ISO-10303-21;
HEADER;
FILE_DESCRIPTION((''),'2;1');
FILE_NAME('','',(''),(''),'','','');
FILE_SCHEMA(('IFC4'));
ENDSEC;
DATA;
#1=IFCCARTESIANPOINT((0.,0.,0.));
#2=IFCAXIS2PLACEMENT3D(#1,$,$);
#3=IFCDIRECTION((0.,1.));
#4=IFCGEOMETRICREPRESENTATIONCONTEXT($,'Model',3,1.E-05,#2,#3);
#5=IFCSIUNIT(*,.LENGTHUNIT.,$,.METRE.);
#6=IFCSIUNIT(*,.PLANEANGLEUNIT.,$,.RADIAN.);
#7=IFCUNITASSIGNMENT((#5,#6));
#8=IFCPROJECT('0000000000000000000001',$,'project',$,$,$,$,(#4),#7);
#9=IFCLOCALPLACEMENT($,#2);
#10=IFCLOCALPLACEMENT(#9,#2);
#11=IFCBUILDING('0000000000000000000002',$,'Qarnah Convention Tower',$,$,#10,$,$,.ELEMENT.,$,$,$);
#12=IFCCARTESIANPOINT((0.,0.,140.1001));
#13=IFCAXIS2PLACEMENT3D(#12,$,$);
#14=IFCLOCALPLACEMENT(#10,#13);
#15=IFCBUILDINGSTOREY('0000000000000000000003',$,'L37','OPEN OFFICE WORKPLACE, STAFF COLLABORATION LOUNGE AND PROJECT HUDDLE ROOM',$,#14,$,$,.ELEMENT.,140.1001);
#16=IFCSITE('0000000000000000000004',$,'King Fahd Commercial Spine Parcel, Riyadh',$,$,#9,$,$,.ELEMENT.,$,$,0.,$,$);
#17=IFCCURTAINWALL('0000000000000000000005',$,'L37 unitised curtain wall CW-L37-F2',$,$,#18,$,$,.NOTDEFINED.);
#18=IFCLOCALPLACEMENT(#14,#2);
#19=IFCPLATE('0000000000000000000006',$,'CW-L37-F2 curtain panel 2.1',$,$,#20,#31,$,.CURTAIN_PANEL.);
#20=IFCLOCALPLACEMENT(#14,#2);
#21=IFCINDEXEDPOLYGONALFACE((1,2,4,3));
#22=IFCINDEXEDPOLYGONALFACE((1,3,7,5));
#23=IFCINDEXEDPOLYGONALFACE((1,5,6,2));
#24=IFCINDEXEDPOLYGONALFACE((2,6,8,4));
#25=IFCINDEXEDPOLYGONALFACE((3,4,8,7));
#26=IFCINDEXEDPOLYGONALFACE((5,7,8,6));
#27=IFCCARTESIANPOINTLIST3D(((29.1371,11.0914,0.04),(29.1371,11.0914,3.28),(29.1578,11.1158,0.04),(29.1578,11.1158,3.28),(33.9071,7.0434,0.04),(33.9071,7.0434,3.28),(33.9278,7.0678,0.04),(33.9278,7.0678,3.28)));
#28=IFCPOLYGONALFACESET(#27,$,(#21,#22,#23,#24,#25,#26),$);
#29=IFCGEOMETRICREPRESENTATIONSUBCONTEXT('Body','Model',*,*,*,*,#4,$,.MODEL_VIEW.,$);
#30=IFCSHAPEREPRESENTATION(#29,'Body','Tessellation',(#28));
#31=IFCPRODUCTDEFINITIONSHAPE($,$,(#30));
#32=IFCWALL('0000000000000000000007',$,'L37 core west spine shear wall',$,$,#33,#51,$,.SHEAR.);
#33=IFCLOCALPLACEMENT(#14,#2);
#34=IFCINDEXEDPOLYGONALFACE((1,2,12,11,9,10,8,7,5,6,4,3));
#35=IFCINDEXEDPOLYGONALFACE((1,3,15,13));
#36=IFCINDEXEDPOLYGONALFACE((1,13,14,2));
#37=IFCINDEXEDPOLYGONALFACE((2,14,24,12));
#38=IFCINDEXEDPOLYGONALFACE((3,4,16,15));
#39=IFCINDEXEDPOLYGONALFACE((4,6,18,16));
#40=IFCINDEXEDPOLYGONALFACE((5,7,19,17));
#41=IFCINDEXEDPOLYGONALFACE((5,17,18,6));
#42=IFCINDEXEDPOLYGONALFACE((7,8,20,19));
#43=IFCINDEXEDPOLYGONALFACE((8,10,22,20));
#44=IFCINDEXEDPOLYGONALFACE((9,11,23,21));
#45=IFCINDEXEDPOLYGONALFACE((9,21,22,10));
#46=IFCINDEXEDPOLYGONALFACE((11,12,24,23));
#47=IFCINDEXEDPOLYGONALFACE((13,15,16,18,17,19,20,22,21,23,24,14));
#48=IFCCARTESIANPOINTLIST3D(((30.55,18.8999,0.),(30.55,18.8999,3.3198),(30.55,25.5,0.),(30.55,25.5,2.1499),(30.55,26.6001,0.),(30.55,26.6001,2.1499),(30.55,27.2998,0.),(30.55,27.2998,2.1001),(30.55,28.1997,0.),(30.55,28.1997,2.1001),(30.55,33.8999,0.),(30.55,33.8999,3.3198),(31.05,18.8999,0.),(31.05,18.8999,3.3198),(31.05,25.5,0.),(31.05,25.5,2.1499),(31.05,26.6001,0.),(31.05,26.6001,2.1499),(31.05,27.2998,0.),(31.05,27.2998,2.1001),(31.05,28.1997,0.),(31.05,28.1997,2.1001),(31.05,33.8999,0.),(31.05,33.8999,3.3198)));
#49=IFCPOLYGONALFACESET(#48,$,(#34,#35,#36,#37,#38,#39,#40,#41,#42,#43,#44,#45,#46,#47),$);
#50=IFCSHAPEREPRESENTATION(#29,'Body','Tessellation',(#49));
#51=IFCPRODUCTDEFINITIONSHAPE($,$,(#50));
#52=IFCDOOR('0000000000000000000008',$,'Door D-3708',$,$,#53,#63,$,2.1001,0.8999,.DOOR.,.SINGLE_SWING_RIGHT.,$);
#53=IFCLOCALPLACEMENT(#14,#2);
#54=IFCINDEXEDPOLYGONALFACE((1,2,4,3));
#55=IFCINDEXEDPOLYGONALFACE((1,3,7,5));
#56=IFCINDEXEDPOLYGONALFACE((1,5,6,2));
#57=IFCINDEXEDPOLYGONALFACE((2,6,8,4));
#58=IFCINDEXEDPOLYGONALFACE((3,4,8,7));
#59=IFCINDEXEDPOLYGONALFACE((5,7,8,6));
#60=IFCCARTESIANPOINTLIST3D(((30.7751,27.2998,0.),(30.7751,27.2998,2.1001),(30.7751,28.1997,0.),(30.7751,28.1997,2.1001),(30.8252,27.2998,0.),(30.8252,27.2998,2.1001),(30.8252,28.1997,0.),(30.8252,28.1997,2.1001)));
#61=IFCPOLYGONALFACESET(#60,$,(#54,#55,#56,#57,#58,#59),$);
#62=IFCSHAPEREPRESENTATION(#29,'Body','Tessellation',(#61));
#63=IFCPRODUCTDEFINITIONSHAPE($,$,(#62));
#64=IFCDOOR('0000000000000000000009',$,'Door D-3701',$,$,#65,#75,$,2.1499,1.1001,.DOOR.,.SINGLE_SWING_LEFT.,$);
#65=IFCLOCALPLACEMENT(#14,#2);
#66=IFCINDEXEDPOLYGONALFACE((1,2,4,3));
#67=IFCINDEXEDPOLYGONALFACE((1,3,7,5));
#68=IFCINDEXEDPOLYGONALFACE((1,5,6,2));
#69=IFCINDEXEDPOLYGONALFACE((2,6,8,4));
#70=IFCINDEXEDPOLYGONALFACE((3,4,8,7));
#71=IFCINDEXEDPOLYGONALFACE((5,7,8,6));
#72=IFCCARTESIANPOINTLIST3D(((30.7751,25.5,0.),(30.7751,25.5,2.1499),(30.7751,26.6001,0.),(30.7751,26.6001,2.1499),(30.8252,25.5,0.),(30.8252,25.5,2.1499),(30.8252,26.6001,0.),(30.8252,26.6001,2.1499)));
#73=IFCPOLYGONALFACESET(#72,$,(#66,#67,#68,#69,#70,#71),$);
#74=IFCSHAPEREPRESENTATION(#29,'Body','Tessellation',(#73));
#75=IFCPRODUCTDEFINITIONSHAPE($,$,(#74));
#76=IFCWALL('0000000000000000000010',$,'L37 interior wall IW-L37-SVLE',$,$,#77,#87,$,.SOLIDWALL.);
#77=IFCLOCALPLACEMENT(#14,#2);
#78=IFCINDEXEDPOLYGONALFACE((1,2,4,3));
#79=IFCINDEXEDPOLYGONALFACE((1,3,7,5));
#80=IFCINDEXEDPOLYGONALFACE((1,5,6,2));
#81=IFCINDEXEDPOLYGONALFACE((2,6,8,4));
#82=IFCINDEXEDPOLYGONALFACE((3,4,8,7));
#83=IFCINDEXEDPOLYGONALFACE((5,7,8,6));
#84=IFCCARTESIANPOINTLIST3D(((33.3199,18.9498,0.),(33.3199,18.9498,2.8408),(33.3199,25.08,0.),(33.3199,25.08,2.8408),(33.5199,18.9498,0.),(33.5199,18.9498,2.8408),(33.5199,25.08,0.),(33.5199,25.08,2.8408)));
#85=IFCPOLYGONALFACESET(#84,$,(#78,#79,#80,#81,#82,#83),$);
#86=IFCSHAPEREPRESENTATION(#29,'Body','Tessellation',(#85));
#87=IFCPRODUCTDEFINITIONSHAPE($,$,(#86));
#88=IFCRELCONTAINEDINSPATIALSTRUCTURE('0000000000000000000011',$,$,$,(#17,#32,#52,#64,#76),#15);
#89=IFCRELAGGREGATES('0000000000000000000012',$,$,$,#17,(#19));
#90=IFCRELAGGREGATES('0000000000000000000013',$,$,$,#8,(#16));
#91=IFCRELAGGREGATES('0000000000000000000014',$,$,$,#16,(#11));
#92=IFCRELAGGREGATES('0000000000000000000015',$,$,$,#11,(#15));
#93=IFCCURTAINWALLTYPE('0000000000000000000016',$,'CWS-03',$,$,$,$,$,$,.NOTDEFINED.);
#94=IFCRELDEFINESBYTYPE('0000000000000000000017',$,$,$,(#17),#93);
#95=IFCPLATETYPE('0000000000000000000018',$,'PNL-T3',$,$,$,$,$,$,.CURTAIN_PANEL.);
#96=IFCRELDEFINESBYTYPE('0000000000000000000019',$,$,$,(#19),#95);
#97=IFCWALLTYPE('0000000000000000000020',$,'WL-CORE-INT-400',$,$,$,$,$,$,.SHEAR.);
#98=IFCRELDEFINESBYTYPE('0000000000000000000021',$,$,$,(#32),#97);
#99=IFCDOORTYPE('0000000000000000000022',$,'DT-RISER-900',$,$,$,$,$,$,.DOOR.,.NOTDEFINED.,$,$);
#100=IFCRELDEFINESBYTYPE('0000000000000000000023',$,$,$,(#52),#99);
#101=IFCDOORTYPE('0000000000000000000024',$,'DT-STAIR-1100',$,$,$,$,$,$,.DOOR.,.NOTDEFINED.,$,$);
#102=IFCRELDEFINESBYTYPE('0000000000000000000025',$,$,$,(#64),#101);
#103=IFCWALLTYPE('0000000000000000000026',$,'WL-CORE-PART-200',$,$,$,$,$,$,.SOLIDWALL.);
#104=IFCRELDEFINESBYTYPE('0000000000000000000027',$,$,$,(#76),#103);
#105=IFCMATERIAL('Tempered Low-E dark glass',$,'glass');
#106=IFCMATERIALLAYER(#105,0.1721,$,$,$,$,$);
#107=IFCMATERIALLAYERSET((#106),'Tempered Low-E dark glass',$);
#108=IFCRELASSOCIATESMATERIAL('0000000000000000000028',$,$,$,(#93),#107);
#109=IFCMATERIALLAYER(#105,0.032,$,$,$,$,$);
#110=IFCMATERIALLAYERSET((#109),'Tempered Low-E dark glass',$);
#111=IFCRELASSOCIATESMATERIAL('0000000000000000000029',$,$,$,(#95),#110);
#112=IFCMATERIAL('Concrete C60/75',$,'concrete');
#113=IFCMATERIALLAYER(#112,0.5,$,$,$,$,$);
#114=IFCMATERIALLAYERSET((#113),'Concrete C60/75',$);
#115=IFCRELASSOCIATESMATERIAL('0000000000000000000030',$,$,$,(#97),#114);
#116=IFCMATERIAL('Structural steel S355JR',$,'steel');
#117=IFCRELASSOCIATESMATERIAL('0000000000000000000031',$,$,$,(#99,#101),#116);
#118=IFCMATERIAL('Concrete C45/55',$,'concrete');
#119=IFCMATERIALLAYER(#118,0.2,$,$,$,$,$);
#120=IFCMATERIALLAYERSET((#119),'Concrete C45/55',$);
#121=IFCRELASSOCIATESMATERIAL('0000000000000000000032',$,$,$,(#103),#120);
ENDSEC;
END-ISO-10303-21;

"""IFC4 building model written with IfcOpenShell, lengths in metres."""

from ifc_helpers import new_model, si_unit, direction, frame, frame_2d, origin, origin_2d, place, context, subcontext, project, spatial, rectangle, extrude, material, layer, layer_set, type_object, element, fill, aggregate, save


model = new_model("IFC4")

# Units and contexts
model_context = context("Model", 3, precision=1e-05, world=origin(), true_north=direction((0.0, 1.0)))
body_context = subcontext(model_context, "Body", "Model", "MODEL_VIEW")
ifc_project = project(units=[si_unit("LENGTHUNIT", "METRE"), si_unit("PLANEANGLEUNIT", "RADIAN")], contexts=[model_context])

# Site, building, storey
site_placement = place(None, origin())
site = spatial("IfcSite", under=ifc_project, at=site_placement, Name="King Fahd Commercial Spine Parcel, Riyadh", CompositionType="ELEMENT", RefElevation=0.0)
building_placement = place(site_placement, origin())
building = spatial("IfcBuilding", under=site, at=building_placement, Name="Qarnah Convention Tower", CompositionType="ELEMENT")
storey_placement = place(building_placement, frame((0.0, 0.0, 140.1001)))
storey = spatial("IfcBuildingStorey", under=building, at=storey_placement, Name="L37", Description="OPEN OFFICE WORKPLACE, STAFF COLLABORATION LOUNGE AND PROJECT HUDDLE ROOM", CompositionType="ELEMENT", Elevation=140.1001)

# Shared definitions
ifc_material_1 = material(Name="Concrete C60/75", Category="concrete")

# Shared definitions
ifc_material_2 = material(Name="Structural steel S355JR", Category="steel")

# Curtain wall, plate
ifc_material_3 = material(Name="Tempered Low-E dark glass", Category="glass")
ifc_layer_1 = layer(ifc_material_3, 0.1721)
ifc_layer_set_1 = layer_set([ifc_layer_1], Name="Tempered Low-E dark glass")
curtain_wall_type = type_object("IfcCurtainWallType", Name="CWS-03", PredefinedType="NOTDEFINED", material=ifc_layer_set_1)
curtain_wall_placement = place(storey_placement, origin())
curtain_wall = element("IfcCurtainWall", 1, at=curtain_wall_placement, inside=storey, type_object=curtain_wall_type, Name="L37 unitised curtain wall CW-L37-F2", PredefinedType="NOTDEFINED")
ifc_layer_2 = layer(ifc_material_3, 0.032)
ifc_layer_set_2 = layer_set([ifc_layer_2], Name="Tempered Low-E dark glass")
plate_type = type_object("IfcPlateType", Name="PNL-T3", PredefinedType="CURTAIN_PANEL", material=ifc_layer_set_2)
plate_1_placement = place(storey_placement, frame((31.5325, 9.0796, 0.04), z_axis=(0.0, 0.0, 1.0), x_axis=(-0.762449, 0.647048, 0.0)))
plate_1 = element("IfcPlate", 2, at=plate_1_placement, type_object=plate_type, Name="CW-L37-F2 curtain panel 2.1", PredefinedType="CURTAIN_PANEL", context=body_context, shape_type="SweptSolid", body=[
    extrude(rectangle(XDim=6.2561, YDim=0.032, at=origin_2d()), origin(), (0.0, 0.0, 1.0), 3.24),
])
aggregate(curtain_wall, [plate_1])

# Wall, openings, doors
ifc_layer_3 = layer(ifc_material_1, 0.5)
ifc_layer_set_3 = layer_set([ifc_layer_3], Name="Concrete C60/75")
wall_type_1 = type_object("IfcWallType", Name="WL-CORE-INT-400", PredefinedType="SHEAR", material=ifc_layer_set_3)
wall_1_placement = place(storey_placement, frame((30.8, 18.8999, 0.0), z_axis=(0.0, 0.0, 1.0), x_axis=(0.0, 1.0, 0.0)))
wall_1 = element("IfcWall", 3, at=wall_1_placement, inside=storey, type_object=wall_type_1, Name="L37 core west spine shear wall", PredefinedType="SHEAR", context=body_context, shape_type="SweptSolid", body=[
    extrude(rectangle(XDim=15.0, YDim=0.5, at=frame_2d((7.5, 0.0))), origin(), (0.0, 0.0, 1.0), 3.3198),
])
opening_1_placement = place(wall_1_placement, frame((6.6001, 0.0, 0.0)))
opening_1 = element("IfcOpeningElement", 4, at=opening_1_placement, cuts=wall_1, PredefinedType="OPENING", context=body_context, shape_type="SweptSolid", body=[
    extrude(rectangle(XDim=1.1001, YDim=2.1499, at=frame_2d((0.55, 1.075))), frame((0.0, 0.26, 0.0), z_axis=(0.0, -1.0, 0.0), x_axis=(1.0, 0.0, 0.0)), (0.0, 0.0, 1.0), 0.52),
])
opening_2_placement = place(wall_1_placement, frame((8.3999, 0.0, 0.0)))
opening_2 = element("IfcOpeningElement", 5, at=opening_2_placement, cuts=wall_1, PredefinedType="OPENING", context=body_context, shape_type="SweptSolid", body=[
    extrude(rectangle(XDim=0.8999, YDim=2.1001, at=frame_2d((0.45, 1.05))), frame((0.0, 0.26, 0.0), z_axis=(0.0, -1.0, 0.0), x_axis=(1.0, 0.0, 0.0)), (0.0, 0.0, 1.0), 0.52),
])
door_type_1 = type_object("IfcDoorType", Name="DT-RISER-900", OperationType="NOTDEFINED", PredefinedType="DOOR", material=ifc_material_2)
door_1_placement = place(opening_2_placement, origin())
door_1 = element("IfcDoor", 6, at=door_1_placement, inside=storey, type_object=door_type_1, Name="Door D-3708", OperationType="SINGLE_SWING_RIGHT", OverallHeight=2.1001, OverallWidth=0.8999, PredefinedType="DOOR", context=body_context, shape_type="SweptSolid", body=[
    extrude(rectangle(XDim=0.8999, YDim=2.1001, at=frame_2d((0.45, 1.05))), frame((0.0, 0.0249, 0.0), z_axis=(0.0, -1.0, 0.0), x_axis=(1.0, 0.0, 0.0)), (0.0, 0.0, 1.0), 0.05),
])
fill(opening_2, door_1)
door_type_2 = type_object("IfcDoorType", Name="DT-STAIR-1100", OperationType="NOTDEFINED", PredefinedType="DOOR", material=ifc_material_2)
door_2_placement = place(opening_1_placement, origin())
door_2 = element("IfcDoor", 7, at=door_2_placement, inside=storey, type_object=door_type_2, Name="Door D-3701", OperationType="SINGLE_SWING_LEFT", OverallHeight=2.1499, OverallWidth=1.1001, PredefinedType="DOOR", context=body_context, shape_type="SweptSolid", body=[
    extrude(rectangle(XDim=1.1001, YDim=2.1499, at=frame_2d((0.55, 1.075))), frame((0.0, 0.0249, 0.0), z_axis=(0.0, -1.0, 0.0), x_axis=(1.0, 0.0, 0.0)), (0.0, 0.0, 1.0), 0.05),
])
fill(opening_1, door_2)

# Wall
ifc_material_4 = material(Name="Concrete C45/55", Category="concrete")
ifc_layer_4 = layer(ifc_material_4, 0.2)
ifc_layer_set_4 = layer_set([ifc_layer_4], Name="Concrete C45/55")
wall_type_2 = type_object("IfcWallType", Name="WL-CORE-PART-200", PredefinedType="SOLIDWALL", material=ifc_layer_set_4)
wall_2_placement = place(storey_placement, frame((33.4199, 18.95, 0.0), z_axis=(0.0, 0.0, 1.0), x_axis=(0.0, 1.0, 0.0)))
element("IfcWall", 8, at=wall_2_placement, inside=storey, type_object=wall_type_2, Name="L37 interior wall IW-L37-SVLE", PredefinedType="SOLIDWALL", context=body_context, shape_type="SweptSolid", body=[
    extrude(rectangle(XDim=6.1301, YDim=0.2, at=frame_2d((3.0649, 0.0))), origin(), (0.0, 0.0, 1.0), 2.8408),
])

save(model, "model.ifc")
